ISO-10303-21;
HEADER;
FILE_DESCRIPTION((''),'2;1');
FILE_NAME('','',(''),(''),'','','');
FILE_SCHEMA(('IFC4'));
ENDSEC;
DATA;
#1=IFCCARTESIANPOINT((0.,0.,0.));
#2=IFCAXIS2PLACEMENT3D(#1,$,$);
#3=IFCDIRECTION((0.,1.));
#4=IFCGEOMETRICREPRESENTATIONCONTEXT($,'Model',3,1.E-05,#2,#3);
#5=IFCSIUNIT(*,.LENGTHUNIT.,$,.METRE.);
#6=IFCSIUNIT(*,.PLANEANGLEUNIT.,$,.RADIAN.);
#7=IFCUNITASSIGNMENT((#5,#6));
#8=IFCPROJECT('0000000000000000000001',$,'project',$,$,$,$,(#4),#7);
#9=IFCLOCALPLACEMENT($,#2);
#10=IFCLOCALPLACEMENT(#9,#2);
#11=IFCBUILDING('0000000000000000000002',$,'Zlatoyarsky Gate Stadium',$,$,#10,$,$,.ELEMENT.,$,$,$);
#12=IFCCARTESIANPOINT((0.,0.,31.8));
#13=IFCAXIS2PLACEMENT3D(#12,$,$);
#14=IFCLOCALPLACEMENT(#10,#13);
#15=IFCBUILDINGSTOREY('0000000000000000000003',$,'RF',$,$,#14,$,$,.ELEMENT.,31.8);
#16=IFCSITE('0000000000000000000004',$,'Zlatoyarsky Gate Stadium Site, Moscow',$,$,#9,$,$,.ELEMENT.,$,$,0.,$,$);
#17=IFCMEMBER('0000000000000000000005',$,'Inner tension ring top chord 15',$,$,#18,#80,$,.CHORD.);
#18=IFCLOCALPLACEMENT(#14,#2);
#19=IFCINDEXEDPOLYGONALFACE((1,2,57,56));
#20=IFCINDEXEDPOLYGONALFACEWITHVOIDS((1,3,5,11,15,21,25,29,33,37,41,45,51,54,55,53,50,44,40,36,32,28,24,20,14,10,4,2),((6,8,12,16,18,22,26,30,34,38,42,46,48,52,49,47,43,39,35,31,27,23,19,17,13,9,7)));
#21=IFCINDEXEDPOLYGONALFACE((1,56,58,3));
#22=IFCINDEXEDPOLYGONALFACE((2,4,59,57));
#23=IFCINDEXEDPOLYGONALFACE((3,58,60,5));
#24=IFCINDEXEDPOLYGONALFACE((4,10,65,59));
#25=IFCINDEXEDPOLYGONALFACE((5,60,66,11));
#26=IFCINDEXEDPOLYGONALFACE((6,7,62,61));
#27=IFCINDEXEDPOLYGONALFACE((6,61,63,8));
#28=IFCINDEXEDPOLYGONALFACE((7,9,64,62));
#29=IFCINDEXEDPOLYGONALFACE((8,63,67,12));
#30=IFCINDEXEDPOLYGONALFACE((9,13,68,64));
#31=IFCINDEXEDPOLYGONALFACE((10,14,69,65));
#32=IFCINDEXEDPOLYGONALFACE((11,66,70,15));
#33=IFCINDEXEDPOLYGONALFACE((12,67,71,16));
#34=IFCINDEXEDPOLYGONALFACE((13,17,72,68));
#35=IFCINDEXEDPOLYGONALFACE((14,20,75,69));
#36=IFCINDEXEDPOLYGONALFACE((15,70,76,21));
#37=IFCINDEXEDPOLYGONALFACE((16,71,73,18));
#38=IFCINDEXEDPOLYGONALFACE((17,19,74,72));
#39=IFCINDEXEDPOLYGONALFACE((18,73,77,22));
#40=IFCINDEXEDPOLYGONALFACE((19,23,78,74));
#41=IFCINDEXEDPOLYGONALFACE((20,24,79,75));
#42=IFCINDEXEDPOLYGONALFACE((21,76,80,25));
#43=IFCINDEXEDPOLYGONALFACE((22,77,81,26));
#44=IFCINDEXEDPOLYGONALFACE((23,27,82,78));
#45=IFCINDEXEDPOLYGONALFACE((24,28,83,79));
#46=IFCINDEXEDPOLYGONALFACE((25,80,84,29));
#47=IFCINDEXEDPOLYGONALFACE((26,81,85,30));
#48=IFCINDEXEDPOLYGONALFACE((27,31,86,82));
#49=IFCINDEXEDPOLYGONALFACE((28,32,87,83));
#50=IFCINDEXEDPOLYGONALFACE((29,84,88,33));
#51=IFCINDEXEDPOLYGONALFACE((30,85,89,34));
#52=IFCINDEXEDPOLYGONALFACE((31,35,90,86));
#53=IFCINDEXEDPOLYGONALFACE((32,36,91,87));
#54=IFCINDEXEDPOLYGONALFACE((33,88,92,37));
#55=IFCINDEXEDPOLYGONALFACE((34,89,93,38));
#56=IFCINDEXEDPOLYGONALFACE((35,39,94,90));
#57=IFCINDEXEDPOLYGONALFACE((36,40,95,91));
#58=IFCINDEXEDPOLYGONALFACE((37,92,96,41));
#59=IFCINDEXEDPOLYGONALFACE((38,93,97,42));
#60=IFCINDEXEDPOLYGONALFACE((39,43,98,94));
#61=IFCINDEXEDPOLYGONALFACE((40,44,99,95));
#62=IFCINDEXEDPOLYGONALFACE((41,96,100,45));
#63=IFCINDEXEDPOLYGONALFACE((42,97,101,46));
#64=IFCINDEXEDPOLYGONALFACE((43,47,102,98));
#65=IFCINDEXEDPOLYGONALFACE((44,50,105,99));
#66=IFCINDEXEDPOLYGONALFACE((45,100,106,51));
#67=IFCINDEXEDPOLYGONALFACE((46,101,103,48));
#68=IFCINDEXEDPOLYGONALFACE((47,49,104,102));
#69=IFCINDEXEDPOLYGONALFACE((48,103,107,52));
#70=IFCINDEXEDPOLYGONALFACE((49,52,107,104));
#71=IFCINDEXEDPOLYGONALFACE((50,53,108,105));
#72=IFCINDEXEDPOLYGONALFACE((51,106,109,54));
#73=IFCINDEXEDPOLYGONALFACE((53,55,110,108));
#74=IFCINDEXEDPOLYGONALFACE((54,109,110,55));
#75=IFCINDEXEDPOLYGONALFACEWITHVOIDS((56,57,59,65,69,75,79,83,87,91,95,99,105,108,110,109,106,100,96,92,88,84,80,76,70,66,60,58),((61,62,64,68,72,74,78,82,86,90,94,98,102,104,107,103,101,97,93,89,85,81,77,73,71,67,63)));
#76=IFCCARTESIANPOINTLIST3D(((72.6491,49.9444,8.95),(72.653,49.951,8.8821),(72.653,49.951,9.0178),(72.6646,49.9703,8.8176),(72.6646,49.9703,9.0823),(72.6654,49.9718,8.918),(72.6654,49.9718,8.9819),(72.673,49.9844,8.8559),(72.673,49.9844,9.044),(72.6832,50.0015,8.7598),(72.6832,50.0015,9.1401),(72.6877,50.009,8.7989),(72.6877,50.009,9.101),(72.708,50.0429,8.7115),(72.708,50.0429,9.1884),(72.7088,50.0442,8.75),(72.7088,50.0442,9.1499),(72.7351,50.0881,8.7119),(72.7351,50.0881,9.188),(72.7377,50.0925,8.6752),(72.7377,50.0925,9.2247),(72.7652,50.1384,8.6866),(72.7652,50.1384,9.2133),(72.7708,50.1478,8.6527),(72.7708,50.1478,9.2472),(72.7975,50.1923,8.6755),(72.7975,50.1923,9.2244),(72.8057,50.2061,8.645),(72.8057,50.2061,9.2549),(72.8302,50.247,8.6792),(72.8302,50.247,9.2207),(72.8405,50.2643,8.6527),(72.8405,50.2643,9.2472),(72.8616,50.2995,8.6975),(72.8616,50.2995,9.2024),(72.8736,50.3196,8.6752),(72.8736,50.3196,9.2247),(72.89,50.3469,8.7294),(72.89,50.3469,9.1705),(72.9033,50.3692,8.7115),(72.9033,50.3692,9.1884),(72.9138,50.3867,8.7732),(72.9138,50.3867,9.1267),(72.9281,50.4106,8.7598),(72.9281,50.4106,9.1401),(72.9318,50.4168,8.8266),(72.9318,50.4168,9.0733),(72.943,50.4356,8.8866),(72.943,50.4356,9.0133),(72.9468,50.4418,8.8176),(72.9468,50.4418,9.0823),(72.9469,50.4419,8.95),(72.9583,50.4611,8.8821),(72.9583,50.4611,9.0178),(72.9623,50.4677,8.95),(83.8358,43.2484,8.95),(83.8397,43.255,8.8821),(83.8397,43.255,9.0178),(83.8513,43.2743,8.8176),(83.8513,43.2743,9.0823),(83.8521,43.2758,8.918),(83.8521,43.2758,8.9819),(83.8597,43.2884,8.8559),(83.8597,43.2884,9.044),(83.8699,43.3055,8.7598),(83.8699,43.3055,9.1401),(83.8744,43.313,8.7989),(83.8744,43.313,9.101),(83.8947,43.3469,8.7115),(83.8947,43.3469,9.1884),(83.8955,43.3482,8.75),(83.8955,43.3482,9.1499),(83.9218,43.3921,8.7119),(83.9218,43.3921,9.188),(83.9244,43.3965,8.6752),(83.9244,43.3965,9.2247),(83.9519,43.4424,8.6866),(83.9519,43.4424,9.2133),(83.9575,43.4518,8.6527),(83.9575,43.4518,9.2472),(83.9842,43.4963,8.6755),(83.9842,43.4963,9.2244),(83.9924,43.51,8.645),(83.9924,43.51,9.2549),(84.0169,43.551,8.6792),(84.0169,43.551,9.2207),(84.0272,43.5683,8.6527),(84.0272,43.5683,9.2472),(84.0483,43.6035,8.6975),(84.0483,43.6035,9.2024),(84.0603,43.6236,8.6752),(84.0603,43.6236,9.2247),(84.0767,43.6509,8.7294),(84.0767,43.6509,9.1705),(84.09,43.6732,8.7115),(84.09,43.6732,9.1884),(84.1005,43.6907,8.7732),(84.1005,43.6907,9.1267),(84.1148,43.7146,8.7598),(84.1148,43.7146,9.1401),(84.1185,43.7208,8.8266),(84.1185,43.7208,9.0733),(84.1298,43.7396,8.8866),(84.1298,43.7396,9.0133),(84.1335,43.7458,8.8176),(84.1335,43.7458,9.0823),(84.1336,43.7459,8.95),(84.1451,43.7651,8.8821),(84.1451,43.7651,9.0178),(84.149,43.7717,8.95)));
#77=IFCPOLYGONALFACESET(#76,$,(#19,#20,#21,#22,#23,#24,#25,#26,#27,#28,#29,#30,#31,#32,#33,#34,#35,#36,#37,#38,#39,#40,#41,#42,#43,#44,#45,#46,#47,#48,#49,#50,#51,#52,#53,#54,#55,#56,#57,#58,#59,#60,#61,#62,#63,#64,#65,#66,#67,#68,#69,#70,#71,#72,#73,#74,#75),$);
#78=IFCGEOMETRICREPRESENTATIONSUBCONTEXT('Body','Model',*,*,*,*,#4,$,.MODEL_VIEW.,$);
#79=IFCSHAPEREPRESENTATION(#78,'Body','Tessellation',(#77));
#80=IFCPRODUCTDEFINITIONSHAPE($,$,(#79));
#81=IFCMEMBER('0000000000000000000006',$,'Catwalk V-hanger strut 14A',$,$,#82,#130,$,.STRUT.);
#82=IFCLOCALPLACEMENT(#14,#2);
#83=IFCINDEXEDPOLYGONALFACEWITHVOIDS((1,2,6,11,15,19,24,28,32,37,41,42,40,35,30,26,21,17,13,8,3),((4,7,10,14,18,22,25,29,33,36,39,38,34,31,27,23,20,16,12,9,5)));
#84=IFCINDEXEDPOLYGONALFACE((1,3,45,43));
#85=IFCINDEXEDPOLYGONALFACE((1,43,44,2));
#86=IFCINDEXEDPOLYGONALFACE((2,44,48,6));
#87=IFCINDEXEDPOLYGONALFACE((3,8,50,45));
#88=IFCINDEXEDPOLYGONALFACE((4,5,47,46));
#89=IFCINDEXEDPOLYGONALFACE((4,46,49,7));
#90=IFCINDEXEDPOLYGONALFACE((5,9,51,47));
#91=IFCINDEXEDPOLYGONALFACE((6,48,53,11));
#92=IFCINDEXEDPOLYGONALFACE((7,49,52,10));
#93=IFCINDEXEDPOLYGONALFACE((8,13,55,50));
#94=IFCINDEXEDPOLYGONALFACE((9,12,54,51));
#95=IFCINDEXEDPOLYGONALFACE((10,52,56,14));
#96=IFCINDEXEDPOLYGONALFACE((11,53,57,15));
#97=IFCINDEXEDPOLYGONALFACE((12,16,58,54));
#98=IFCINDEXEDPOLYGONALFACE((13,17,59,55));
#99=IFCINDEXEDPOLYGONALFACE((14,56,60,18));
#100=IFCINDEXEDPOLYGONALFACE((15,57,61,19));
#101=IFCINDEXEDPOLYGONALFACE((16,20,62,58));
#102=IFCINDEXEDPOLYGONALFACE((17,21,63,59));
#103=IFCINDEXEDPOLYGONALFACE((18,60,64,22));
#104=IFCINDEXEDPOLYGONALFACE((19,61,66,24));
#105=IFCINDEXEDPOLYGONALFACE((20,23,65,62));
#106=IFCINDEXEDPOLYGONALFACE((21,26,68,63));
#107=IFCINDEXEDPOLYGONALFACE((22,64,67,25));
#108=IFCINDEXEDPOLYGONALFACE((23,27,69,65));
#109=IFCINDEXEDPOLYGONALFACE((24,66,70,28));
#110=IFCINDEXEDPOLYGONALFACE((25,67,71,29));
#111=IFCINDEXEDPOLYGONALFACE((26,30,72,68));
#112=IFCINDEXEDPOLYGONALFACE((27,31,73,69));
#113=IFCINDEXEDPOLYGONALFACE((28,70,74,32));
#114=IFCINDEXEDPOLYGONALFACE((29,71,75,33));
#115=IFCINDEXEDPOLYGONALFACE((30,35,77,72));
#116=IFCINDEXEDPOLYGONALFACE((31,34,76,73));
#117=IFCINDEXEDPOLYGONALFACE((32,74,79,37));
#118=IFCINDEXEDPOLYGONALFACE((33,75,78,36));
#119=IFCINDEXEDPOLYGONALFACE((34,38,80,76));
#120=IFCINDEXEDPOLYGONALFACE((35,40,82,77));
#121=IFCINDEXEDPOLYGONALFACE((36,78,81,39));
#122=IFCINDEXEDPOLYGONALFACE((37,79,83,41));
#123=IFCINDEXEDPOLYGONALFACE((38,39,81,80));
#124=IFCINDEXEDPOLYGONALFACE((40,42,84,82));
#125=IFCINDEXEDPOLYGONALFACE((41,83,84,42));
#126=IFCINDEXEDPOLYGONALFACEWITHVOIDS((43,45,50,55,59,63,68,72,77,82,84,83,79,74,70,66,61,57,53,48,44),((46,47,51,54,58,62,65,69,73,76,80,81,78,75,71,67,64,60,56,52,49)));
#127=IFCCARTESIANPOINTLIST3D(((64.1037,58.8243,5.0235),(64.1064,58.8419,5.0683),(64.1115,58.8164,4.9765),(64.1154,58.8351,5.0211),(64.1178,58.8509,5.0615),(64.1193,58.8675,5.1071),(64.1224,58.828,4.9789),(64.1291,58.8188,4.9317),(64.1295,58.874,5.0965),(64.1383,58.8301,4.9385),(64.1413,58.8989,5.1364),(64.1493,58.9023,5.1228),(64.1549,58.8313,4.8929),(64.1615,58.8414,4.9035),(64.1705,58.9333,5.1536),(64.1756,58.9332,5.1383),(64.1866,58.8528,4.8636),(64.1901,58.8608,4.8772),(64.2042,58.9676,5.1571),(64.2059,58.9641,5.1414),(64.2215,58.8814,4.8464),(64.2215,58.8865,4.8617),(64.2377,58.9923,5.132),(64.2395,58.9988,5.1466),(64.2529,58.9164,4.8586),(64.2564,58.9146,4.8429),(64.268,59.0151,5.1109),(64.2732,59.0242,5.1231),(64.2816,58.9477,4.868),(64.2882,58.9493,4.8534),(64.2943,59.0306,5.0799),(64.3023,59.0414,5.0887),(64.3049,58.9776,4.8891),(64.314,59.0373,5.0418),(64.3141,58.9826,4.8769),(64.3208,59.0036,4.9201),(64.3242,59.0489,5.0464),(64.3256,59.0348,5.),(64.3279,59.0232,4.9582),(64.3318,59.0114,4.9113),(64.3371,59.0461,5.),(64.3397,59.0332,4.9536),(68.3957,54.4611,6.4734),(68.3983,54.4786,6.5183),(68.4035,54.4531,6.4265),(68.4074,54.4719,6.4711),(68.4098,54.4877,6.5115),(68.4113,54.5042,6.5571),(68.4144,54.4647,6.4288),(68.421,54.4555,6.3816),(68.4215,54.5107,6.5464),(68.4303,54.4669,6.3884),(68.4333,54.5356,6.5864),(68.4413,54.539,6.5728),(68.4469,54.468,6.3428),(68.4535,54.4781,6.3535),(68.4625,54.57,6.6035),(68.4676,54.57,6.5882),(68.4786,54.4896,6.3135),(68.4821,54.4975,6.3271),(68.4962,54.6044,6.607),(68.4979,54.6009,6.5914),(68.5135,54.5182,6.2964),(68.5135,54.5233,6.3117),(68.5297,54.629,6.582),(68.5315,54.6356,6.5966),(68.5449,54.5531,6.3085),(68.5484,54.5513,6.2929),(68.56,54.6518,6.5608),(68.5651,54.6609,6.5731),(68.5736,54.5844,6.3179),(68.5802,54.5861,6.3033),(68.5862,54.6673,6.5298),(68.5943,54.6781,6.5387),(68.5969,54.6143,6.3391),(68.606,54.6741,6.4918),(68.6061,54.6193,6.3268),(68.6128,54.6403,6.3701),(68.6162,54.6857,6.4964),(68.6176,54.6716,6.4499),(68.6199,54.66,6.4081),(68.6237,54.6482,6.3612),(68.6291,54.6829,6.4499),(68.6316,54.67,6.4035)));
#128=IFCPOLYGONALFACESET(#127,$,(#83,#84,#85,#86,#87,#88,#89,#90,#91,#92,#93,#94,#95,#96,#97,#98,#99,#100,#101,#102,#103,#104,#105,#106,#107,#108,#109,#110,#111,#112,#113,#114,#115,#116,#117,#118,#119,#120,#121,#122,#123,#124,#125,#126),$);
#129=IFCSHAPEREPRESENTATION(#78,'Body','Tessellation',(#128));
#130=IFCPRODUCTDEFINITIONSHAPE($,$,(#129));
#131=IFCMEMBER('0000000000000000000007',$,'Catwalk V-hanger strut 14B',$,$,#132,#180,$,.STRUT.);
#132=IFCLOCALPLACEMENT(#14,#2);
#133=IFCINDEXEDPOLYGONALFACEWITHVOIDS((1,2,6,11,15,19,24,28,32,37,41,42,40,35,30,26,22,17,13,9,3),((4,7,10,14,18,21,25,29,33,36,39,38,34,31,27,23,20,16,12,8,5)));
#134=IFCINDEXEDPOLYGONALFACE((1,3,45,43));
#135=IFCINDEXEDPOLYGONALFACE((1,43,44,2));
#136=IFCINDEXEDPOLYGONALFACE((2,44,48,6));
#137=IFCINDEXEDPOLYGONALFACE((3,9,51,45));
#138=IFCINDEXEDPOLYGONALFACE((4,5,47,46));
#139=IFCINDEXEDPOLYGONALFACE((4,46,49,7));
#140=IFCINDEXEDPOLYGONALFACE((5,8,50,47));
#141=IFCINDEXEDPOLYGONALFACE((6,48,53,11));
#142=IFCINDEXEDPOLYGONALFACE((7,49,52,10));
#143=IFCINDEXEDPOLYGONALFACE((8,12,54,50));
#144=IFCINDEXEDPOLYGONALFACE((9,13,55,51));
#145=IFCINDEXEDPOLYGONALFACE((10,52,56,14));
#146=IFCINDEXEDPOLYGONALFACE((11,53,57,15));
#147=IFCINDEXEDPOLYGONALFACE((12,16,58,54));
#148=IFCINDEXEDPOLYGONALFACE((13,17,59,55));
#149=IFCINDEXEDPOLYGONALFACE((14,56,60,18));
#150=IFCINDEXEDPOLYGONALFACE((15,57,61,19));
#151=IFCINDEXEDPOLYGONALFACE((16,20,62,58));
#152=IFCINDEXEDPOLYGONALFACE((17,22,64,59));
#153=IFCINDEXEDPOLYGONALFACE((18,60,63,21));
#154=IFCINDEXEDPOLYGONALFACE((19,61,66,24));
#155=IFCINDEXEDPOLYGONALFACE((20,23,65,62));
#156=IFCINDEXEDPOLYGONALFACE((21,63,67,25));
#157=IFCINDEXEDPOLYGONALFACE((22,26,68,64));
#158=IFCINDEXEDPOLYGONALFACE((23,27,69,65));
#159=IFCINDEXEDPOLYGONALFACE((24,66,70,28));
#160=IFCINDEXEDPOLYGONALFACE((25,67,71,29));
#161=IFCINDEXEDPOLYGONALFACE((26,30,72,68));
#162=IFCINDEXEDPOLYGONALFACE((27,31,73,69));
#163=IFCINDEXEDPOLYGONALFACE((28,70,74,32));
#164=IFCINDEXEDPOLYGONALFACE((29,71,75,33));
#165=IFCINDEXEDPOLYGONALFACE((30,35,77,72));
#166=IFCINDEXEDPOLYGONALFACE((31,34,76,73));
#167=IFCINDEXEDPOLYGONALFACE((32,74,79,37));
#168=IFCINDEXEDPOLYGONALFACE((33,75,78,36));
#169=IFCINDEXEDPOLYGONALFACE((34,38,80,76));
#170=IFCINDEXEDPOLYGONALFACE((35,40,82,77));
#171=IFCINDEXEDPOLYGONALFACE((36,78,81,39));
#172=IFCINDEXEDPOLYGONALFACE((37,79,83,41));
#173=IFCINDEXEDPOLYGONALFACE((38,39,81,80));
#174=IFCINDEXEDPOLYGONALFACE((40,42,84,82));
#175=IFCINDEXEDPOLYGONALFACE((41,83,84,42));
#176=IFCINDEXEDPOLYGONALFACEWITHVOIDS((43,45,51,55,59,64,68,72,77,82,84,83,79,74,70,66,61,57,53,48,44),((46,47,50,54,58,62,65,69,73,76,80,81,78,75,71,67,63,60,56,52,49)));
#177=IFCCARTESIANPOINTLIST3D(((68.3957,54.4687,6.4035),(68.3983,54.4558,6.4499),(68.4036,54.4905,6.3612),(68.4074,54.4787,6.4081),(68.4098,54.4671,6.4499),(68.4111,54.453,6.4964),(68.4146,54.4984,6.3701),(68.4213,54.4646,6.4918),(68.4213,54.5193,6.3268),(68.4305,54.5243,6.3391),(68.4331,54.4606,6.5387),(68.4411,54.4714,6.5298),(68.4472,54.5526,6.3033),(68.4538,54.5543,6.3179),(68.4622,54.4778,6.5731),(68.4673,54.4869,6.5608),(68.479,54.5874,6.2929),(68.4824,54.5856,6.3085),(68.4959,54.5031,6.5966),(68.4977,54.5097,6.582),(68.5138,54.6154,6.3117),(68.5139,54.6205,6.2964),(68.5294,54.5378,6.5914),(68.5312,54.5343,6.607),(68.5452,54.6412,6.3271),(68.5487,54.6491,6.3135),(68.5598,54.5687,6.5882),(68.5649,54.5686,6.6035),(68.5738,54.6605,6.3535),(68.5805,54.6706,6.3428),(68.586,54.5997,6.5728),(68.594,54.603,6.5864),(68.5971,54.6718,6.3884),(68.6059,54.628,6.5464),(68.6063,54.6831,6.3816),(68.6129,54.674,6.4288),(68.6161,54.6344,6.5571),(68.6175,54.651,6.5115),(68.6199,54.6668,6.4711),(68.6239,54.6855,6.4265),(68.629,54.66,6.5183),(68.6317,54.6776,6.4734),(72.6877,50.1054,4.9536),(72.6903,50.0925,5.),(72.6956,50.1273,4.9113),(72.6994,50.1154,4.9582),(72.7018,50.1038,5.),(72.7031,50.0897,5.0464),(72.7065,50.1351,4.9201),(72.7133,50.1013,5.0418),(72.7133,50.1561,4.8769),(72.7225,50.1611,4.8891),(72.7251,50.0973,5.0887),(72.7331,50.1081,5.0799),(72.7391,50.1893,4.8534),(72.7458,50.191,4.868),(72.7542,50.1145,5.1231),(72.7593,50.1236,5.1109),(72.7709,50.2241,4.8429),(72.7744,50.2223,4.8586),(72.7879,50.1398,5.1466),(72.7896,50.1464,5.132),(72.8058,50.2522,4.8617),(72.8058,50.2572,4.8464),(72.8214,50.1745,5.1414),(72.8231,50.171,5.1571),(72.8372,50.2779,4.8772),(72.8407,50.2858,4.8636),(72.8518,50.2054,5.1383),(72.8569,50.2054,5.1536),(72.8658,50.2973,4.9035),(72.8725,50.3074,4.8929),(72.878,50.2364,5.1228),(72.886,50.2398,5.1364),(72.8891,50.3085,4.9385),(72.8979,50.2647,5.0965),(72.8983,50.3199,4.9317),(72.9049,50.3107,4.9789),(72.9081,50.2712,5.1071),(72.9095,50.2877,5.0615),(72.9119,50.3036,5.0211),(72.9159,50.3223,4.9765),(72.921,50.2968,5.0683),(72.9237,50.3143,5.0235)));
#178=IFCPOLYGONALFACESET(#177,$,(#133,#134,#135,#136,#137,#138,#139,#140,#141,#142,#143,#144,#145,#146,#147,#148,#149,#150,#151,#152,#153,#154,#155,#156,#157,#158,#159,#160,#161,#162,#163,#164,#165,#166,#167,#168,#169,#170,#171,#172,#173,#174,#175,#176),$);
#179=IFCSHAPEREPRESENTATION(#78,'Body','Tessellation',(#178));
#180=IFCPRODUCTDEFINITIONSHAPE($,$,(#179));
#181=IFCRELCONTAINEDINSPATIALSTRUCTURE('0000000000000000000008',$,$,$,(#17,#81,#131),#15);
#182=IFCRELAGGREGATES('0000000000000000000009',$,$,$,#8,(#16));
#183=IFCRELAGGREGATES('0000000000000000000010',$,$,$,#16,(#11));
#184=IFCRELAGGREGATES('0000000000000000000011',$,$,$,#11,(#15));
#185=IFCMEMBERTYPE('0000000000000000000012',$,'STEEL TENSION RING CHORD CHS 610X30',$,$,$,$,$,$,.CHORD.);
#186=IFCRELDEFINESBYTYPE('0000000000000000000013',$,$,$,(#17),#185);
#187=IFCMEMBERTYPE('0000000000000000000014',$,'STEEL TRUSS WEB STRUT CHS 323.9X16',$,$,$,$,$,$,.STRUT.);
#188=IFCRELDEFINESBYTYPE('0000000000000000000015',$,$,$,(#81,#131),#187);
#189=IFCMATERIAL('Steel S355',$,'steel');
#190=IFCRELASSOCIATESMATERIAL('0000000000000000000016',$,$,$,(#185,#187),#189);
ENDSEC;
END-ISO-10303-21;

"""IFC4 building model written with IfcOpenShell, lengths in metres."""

from ifc_helpers import new_model, si_unit, direction, frame, origin, origin_2d, place, context, subcontext, project, spatial, hollow_circle, extrude, material, material_profile, profile_set, type_object, element, save


model = new_model("IFC4")

# Units and contexts
model_context = context("Model", 3, precision=1e-05, world=origin(), true_north=direction((0.0, 1.0)))
body_context = subcontext(model_context, "Body", "Model", "MODEL_VIEW")
ifc_project = project(units=[si_unit("LENGTHUNIT", "METRE"), si_unit("PLANEANGLEUNIT", "RADIAN")], contexts=[model_context])

# Site, building, storey
site_placement = place(None, origin())
site = spatial("IfcSite", under=ifc_project, at=site_placement, Name="Zlatoyarsky Gate Stadium Site, Moscow", CompositionType="ELEMENT", RefElevation=0.0)
building_placement = place(site_placement, origin())
building = spatial("IfcBuilding", under=site, at=building_placement, Name="Zlatoyarsky Gate Stadium", CompositionType="ELEMENT")
storey_placement = place(building_placement, frame((0.0, 0.0, 31.8)))
storey = spatial("IfcBuildingStorey", under=building, at=storey_placement, Name="RF", CompositionType="ELEMENT", Elevation=31.8)

# Shared definitions
ifc_material = material(Name="Steel S355", Category="steel")

# Members
ifc_material_profile_1 = material_profile(ifc_material, hollow_circle(Radius=0.3049, WallThickness=0.03, at=origin_2d()), Name="CHS 610X30")
ifc_profile_set_1 = profile_set([ifc_material_profile_1], Name="Steel S355")
member_type_1 = type_object("IfcMemberType", Name="STEEL TENSION RING CHORD CHS 610X30", PredefinedType="CHORD", material=ifc_profile_set_1)
member_1_placement = place(storey_placement, frame((72.8057, 50.2061, 8.95), z_axis=(0.858034, -0.513592, 0.0), x_axis=(0.513592, 0.858034, 0.0)))
element("IfcMember", 1, at=member_1_placement, inside=storey, type_object=member_type_1, Name="Inner tension ring top chord 15", PredefinedType="CHORD", context=body_context, shape_type="SweptSolid", body=[
    extrude(hollow_circle(Radius=0.3049, WallThickness=0.03, at=origin_2d()), origin(), (0.0, 0.0, 1.0), 13.0376),
])
ifc_material_profile_2 = material_profile(ifc_material, hollow_circle(Radius=0.1619, WallThickness=0.0161, at=origin_2d()), Name="CHS 323.9X16")
ifc_profile_set_2 = profile_set([ifc_material_profile_2], Name="Steel S355")
member_type_2 = type_object("IfcMemberType", Name="STEEL TRUSS WEB STRUT CHS 323.9X16", PredefinedType="STRUT", material=ifc_profile_set_2)
for number, where, z_axis, x_axis, name in (
    (2, (64.2217, 58.9326, 5.0), (0.682372, -0.693706, 0.230524), (0.712907, 0.701259, 0.0), "Catwalk V-hanger strut 14A"),
    (3, (72.8057, 50.2061, 5.0), (-0.682372, 0.693706, 0.230524), (-0.712907, -0.701259, 0.0), "Catwalk V-hanger strut 14B"),
):
    element("IfcMember", number, at=place(storey_placement, frame(where, z_axis=z_axis, x_axis=x_axis)), inside=storey, type_object=member_type_2, Name=name, PredefinedType="STRUT", context=body_context, shape_type="SweptSolid", body=[
        extrude(hollow_circle(Radius=0.1619, WallThickness=0.0161, at=origin_2d()), origin(), (0.0, 0.0, 1.0), 6.2898),
    ])

save(model, "model.ifc")
